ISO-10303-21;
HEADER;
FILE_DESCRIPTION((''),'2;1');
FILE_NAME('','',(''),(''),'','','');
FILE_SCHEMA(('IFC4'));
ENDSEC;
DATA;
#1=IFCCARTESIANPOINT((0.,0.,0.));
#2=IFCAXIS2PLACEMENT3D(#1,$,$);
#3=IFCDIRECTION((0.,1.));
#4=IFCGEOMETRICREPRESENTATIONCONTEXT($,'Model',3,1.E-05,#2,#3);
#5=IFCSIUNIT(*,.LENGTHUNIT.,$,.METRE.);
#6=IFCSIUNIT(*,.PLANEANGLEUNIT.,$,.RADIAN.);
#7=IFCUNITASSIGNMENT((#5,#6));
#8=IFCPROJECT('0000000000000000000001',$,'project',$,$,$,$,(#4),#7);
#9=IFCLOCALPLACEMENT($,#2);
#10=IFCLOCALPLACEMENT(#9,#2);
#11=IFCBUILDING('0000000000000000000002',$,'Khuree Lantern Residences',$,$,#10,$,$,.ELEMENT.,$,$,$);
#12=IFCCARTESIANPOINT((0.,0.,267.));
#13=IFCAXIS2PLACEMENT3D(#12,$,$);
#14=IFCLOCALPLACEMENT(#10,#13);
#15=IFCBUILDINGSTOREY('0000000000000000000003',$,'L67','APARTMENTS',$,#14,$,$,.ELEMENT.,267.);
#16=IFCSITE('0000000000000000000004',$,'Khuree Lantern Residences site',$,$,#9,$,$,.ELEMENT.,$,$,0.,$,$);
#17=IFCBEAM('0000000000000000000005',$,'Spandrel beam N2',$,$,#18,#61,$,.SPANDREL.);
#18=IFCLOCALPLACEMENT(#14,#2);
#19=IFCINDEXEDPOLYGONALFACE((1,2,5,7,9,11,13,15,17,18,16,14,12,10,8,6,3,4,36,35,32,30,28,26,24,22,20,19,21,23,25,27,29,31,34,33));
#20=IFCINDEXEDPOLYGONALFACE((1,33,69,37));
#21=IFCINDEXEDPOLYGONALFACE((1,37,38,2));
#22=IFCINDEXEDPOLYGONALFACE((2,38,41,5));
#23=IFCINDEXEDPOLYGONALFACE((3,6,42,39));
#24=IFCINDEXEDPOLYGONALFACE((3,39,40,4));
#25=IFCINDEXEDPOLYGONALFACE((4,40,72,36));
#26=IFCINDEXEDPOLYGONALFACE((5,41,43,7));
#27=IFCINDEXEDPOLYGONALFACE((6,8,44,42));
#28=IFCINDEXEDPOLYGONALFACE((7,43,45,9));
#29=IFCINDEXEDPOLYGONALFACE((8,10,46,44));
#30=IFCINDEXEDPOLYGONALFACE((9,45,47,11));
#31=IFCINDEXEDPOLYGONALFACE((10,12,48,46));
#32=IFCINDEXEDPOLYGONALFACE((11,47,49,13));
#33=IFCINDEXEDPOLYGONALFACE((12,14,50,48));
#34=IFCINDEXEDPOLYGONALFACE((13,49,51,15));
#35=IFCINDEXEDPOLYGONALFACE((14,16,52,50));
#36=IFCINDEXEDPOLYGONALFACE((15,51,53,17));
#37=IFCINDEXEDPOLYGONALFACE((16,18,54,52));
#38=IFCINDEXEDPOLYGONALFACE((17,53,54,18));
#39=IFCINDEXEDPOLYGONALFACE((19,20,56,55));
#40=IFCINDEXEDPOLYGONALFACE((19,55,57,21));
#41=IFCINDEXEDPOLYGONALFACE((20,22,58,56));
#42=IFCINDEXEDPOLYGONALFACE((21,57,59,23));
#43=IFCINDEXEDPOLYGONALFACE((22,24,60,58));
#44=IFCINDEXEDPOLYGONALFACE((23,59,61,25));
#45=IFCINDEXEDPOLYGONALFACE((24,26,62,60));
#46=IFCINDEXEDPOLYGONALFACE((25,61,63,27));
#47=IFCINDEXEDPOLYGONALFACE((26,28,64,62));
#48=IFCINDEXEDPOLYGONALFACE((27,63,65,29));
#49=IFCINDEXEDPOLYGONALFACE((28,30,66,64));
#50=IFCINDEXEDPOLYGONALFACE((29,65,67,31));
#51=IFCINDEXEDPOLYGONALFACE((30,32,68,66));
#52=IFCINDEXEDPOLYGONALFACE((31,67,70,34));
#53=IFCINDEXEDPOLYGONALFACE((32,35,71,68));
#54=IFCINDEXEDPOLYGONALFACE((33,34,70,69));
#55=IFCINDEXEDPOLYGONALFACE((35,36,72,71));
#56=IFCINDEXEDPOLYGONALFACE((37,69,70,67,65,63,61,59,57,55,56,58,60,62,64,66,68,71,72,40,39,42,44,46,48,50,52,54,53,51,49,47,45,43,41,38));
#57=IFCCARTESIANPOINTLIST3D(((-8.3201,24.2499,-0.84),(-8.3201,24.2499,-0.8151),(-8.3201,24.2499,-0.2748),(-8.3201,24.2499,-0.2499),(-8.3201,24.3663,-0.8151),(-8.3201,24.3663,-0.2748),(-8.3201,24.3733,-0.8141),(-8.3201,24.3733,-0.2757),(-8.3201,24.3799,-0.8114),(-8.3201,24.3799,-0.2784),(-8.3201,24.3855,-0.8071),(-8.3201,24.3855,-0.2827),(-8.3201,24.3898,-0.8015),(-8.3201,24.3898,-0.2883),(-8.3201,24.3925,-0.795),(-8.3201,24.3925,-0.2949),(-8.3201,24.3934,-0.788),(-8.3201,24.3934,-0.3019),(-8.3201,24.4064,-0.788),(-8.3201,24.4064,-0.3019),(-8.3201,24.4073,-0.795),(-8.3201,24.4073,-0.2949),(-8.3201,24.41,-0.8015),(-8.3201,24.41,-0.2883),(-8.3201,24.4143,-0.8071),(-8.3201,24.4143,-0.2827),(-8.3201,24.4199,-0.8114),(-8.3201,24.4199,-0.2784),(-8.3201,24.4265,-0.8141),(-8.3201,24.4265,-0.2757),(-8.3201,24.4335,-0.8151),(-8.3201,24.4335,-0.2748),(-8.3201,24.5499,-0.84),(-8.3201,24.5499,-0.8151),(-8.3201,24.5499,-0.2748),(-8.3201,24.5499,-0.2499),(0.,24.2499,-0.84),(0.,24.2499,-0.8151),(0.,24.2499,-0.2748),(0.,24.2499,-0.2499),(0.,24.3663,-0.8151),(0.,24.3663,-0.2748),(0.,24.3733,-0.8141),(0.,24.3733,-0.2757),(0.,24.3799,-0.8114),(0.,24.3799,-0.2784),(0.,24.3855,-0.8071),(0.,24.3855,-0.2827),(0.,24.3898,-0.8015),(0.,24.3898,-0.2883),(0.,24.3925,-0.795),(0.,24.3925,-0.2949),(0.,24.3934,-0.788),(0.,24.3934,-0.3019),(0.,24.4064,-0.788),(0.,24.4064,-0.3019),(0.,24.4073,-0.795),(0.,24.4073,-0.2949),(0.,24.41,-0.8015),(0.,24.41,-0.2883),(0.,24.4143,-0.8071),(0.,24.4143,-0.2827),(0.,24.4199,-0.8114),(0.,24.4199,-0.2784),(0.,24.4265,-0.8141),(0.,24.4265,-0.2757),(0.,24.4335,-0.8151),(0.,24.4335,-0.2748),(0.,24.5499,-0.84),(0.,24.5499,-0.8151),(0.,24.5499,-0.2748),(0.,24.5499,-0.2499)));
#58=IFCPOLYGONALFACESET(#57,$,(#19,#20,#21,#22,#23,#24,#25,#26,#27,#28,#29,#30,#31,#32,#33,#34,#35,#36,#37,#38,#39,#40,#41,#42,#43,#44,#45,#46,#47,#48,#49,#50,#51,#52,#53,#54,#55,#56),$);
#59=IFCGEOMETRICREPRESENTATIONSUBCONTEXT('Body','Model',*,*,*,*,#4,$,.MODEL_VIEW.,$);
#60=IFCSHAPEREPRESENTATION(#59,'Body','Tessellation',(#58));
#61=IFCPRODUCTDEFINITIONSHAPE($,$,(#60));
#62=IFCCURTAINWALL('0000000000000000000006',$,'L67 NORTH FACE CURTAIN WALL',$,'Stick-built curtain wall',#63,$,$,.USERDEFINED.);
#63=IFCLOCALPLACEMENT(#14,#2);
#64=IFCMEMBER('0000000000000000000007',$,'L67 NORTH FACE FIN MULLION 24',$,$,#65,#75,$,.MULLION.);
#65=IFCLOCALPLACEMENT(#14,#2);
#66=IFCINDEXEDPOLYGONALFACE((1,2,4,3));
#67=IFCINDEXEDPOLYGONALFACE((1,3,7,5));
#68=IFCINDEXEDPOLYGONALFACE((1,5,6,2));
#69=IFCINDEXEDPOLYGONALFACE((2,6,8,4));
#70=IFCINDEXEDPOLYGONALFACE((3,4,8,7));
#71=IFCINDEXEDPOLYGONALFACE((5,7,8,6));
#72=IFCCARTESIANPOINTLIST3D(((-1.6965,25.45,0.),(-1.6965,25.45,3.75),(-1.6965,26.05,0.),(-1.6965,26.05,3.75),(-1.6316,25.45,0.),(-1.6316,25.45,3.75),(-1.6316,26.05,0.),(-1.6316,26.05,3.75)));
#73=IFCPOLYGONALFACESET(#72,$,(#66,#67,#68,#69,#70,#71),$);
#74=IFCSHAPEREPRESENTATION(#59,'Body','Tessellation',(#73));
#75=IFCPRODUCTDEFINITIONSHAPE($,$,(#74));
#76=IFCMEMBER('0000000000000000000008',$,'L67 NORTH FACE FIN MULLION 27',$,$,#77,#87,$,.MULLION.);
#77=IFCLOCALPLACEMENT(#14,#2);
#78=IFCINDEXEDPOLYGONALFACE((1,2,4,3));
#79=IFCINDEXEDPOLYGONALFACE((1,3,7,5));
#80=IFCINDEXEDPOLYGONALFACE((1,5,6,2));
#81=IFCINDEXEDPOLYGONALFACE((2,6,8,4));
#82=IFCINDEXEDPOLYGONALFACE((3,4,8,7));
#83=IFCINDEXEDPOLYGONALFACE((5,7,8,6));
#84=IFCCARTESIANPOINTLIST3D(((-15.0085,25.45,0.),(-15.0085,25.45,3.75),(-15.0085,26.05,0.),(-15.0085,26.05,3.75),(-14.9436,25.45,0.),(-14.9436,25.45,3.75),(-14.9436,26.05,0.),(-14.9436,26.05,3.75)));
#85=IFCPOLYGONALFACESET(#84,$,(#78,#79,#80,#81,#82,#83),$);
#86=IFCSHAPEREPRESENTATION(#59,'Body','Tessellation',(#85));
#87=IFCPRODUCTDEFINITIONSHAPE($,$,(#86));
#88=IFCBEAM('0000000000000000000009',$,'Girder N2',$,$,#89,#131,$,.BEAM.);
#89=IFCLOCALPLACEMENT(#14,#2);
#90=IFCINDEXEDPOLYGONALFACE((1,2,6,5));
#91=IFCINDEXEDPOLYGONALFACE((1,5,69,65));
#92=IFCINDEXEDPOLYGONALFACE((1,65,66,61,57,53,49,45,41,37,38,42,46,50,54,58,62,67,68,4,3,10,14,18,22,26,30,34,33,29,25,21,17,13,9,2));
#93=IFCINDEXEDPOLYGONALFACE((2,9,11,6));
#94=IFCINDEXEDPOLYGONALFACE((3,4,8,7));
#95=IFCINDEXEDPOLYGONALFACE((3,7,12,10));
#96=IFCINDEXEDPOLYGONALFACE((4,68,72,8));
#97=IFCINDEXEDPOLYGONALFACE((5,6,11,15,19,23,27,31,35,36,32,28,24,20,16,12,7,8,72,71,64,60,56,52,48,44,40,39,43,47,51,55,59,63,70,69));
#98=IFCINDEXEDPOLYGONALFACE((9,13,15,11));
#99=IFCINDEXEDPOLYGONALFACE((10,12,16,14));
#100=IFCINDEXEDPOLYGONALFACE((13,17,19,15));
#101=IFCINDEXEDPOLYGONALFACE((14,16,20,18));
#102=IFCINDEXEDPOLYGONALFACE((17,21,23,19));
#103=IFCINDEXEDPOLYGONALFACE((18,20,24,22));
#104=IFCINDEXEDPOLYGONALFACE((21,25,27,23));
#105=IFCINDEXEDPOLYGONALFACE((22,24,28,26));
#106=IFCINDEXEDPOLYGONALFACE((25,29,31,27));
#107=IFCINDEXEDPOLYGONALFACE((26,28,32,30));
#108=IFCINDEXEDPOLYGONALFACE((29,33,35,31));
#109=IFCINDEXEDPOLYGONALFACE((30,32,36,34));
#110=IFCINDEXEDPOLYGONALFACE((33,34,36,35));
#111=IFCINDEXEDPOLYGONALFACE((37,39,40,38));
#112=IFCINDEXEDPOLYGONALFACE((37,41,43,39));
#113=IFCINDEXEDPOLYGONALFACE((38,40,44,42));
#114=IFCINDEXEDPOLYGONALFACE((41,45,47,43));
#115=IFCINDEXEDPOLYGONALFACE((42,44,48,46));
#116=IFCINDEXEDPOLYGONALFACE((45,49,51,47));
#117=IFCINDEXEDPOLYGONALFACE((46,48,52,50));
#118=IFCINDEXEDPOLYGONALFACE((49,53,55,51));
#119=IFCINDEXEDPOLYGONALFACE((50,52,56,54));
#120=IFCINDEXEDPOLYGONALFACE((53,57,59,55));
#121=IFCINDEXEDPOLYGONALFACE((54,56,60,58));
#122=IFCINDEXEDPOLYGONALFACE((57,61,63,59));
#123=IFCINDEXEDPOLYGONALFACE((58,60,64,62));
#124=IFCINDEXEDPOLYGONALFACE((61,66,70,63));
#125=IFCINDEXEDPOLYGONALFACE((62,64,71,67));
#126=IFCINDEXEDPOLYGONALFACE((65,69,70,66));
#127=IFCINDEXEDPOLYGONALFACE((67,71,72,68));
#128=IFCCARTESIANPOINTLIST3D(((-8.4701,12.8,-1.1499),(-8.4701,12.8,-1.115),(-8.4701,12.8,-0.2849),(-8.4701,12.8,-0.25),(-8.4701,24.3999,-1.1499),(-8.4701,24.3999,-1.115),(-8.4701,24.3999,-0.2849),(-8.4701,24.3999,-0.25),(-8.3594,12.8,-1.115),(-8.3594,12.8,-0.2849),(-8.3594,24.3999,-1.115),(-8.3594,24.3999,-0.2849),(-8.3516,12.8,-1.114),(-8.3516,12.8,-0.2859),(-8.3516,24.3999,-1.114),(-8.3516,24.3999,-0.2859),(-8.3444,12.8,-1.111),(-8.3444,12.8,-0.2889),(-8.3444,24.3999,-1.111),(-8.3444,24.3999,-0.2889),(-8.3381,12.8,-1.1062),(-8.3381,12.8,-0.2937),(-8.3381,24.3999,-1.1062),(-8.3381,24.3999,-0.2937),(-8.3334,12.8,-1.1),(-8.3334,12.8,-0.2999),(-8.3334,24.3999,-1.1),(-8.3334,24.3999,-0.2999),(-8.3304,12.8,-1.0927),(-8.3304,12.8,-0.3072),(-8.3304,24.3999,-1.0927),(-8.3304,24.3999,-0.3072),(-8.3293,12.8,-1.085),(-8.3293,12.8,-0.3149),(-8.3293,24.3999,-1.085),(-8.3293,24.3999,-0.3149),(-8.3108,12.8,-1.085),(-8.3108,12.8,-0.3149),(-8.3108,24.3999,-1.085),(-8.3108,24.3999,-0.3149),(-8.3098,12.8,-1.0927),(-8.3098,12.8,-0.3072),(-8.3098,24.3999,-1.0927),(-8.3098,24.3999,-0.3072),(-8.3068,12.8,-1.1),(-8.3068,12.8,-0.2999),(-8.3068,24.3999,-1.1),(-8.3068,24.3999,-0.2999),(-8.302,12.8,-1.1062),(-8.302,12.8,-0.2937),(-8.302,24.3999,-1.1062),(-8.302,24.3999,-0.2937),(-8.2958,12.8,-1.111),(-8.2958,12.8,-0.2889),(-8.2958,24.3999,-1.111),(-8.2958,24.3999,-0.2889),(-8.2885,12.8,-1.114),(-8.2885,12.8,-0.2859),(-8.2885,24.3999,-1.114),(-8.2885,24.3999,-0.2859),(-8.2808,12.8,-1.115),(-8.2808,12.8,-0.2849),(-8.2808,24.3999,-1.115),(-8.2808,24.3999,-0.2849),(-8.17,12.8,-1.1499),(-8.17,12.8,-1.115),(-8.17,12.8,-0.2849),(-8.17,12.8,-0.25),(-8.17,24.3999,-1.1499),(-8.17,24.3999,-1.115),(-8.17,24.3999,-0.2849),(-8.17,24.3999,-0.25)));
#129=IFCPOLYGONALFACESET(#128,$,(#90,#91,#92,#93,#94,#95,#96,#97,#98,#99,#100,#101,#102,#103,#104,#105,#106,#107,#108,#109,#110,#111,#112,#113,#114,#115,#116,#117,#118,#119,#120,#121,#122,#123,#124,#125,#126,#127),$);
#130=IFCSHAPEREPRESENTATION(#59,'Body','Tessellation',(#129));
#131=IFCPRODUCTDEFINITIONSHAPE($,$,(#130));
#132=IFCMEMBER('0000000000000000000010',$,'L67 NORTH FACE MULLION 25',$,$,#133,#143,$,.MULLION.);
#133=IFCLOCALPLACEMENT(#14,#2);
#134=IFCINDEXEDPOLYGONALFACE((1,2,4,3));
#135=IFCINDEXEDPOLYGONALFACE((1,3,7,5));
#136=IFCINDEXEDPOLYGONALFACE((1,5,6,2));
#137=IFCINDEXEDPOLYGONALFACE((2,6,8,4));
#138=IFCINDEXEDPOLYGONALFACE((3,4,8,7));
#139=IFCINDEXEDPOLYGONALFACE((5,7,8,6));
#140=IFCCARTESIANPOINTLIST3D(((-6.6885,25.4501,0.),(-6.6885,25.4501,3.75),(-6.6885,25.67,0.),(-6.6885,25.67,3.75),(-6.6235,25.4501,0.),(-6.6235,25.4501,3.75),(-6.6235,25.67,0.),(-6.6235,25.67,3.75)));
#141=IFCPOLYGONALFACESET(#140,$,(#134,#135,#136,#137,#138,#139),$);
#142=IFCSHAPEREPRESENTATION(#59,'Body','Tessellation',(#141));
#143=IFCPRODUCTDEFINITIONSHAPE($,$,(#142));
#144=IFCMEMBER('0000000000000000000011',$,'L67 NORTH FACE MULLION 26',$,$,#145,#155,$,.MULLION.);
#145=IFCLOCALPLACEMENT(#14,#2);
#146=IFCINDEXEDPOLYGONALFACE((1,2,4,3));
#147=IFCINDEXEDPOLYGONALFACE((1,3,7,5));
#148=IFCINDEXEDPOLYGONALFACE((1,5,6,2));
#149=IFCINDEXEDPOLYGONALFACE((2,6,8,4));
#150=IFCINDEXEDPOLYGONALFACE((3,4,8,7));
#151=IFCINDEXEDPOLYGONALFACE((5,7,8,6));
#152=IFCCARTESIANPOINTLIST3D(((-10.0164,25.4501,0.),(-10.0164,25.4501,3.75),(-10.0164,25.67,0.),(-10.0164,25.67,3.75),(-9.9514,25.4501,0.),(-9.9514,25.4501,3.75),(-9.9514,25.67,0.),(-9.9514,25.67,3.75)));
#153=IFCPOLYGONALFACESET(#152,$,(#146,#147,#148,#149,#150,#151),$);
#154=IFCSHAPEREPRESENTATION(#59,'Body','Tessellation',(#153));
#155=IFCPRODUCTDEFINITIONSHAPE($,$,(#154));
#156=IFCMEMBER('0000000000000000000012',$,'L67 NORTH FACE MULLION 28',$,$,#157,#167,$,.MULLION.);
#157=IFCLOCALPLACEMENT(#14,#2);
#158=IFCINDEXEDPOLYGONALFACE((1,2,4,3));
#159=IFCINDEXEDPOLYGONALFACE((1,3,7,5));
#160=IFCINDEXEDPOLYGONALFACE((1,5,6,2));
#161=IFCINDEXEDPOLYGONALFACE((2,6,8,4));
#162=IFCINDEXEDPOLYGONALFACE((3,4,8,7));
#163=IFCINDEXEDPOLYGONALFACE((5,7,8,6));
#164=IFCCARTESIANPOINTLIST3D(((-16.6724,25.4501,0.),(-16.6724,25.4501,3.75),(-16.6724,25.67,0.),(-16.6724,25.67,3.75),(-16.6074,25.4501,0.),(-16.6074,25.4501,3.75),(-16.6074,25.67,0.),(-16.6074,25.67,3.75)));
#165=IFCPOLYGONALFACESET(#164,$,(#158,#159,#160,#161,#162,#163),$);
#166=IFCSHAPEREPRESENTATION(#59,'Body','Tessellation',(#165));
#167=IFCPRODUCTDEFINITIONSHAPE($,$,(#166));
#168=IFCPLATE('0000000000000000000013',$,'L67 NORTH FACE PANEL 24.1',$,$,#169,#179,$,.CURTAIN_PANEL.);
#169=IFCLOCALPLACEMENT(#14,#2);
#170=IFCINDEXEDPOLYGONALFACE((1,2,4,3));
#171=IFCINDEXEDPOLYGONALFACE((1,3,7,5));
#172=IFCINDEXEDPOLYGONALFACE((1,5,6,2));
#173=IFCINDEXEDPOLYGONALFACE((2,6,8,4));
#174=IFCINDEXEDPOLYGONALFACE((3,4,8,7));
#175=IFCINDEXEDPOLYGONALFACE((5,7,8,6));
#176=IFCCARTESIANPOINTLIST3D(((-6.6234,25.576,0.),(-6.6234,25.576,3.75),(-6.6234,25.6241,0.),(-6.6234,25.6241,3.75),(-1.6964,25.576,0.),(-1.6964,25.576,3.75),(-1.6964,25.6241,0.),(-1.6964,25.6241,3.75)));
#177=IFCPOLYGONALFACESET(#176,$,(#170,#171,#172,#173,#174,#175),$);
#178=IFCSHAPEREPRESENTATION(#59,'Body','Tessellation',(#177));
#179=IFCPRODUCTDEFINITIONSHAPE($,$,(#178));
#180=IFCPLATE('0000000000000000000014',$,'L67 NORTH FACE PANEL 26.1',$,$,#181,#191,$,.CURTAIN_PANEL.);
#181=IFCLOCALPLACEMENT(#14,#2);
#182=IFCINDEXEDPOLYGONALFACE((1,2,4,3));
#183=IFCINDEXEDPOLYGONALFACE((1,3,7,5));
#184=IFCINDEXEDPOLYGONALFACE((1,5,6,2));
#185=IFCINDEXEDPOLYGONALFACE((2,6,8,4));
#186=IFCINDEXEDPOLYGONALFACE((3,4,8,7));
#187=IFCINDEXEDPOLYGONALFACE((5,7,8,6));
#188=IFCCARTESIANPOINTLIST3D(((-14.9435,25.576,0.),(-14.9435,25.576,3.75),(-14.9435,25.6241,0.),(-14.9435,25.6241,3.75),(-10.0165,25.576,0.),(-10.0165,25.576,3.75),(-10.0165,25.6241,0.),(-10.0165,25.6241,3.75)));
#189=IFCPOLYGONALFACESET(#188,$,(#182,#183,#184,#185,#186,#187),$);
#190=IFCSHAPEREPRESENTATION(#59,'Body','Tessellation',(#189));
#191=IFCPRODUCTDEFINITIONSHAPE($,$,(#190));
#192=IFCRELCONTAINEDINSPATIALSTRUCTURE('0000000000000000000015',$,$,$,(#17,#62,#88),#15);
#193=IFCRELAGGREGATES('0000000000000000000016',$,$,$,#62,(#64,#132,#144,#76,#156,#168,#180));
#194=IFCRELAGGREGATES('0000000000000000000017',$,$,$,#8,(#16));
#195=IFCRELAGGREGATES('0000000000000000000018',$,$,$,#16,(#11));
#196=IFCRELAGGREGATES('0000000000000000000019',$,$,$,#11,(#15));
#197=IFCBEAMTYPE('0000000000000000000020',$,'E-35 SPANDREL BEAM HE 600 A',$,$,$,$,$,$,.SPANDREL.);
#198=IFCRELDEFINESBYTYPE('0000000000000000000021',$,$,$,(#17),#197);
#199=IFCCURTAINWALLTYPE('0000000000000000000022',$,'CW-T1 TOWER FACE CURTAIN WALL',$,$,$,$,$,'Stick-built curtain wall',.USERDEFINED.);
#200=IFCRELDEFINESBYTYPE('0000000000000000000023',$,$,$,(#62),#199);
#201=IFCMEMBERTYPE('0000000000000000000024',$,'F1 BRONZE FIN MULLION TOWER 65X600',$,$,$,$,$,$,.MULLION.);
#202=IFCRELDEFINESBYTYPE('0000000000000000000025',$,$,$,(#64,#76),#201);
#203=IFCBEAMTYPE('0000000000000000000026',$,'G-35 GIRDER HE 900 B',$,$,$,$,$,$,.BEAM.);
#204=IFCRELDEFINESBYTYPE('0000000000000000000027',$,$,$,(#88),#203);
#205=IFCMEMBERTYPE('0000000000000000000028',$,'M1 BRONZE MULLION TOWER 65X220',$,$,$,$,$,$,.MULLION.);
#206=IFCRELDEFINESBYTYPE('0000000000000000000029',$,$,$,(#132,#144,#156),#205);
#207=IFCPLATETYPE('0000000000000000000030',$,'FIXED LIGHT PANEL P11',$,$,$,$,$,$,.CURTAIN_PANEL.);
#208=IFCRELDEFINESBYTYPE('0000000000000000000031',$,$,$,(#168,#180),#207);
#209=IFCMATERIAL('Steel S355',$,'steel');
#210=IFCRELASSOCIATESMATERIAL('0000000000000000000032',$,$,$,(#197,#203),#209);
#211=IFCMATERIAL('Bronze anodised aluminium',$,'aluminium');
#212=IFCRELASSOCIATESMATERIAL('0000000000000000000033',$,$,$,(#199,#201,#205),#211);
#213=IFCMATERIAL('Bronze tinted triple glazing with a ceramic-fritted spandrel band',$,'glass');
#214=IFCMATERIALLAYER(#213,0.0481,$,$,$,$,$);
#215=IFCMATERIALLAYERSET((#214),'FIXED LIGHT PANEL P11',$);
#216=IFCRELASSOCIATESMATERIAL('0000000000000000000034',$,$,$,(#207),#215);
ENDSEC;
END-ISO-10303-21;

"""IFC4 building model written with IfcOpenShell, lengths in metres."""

from ifc_helpers import new_model, si_unit, direction, frame, origin, origin_2d, place, context, subcontext, project, spatial, rectangle, i_section, extrude, material, layer, layer_set, material_profile, profile_set, type_object, element, aggregate, save


model = new_model("IFC4")

# Units and contexts
model_context = context("Model", 3, precision=1e-05, world=origin(), true_north=direction((0.0, 1.0)))
body_context = subcontext(model_context, "Body", "Model", "MODEL_VIEW")
ifc_project = project(units=[si_unit("LENGTHUNIT", "METRE"), si_unit("PLANEANGLEUNIT", "RADIAN")], contexts=[model_context])

# Site, building, storey
site_placement = place(None, origin())
site = spatial("IfcSite", under=ifc_project, at=site_placement, Name="Khuree Lantern Residences site", CompositionType="ELEMENT", RefElevation=0.0)
building_placement = place(site_placement, origin())
building = spatial("IfcBuilding", under=site, at=building_placement, Name="Khuree Lantern Residences", CompositionType="ELEMENT")
storey_placement = place(building_placement, frame((0.0, 0.0, 267.0)))
storey = spatial("IfcBuildingStorey", under=building, at=storey_placement, Name="L67", Description="APARTMENTS", CompositionType="ELEMENT", Elevation=267.0)

# Beam
ifc_material_1 = material(Name="Steel S355", Category="steel")
ifc_material_profile_1 = material_profile(ifc_material_1, i_section(OverallWidth=0.3, OverallDepth=0.5901, WebThickness=0.0129, FlangeThickness=0.0249, FilletRadius=0.0271, at=origin_2d()), Name="HE 600 A")
ifc_profile_set_1 = profile_set([ifc_material_profile_1], Name="Steel S355")
beam_type_1 = type_object("IfcBeamType", Name="E-35 SPANDREL BEAM HE 600 A", PredefinedType="SPANDREL", material=ifc_profile_set_1)
beam_1_placement = place(storey_placement, frame((-8.3201, 24.3999, -0.5449), z_axis=(1.0, 0.0, 0.0), x_axis=(0.0, 1.0, 0.0)))
element("IfcBeam", 1, at=beam_1_placement, inside=storey, type_object=beam_type_1, Name="Spandrel beam N2", PredefinedType="SPANDREL", context=body_context, shape_type="SweptSolid", body=[
    extrude(i_section(OverallWidth=0.3, OverallDepth=0.5901, WebThickness=0.0129, FlangeThickness=0.0249, FilletRadius=0.0271, at=origin_2d()), origin(), (0.0, 0.0, 1.0), 8.3201),
])

# Curtain wall, members
ifc_material_2 = material(Name="Bronze anodised aluminium", Category="aluminium")
curtain_wall_type = type_object("IfcCurtainWallType", Name="CW-T1 TOWER FACE CURTAIN WALL", ElementType="Stick-built curtain wall", PredefinedType="USERDEFINED", material=ifc_material_2)
curtain_wall_placement = place(storey_placement, origin())
curtain_wall = element("IfcCurtainWall", 2, at=curtain_wall_placement, inside=storey, type_object=curtain_wall_type, Name="L67 NORTH FACE CURTAIN WALL", ObjectType="Stick-built curtain wall", PredefinedType="USERDEFINED")
ifc_material_profile_2 = material_profile(ifc_material_2, rectangle(XDim=0.0649, YDim=0.6001, at=origin_2d()), Name="F1 65X600")
ifc_profile_set_2 = profile_set([ifc_material_profile_2], Name="Bronze anodised aluminium")
member_type_1 = type_object("IfcMemberType", Name="F1 BRONZE FIN MULLION TOWER 65X600", PredefinedType="MULLION", material=ifc_profile_set_2)
member_1_placement = place(storey_placement, frame((-1.6641, 25.75, 0.0), z_axis=(0.0, 0.0, 1.0), x_axis=(-1.0, 0.0, 0.0)))
member_1 = element("IfcMember", 3, at=member_1_placement, type_object=member_type_1, Name="L67 NORTH FACE FIN MULLION 24", PredefinedType="MULLION", context=body_context, shape_type="SweptSolid", body=[
    extrude(rectangle(XDim=0.0649, YDim=0.6001, at=origin_2d()), origin(), (0.0, 0.0, 1.0), 3.75),
])
member_2_placement = place(storey_placement, frame((-14.9761, 25.75, 0.0), z_axis=(0.0, 0.0, 1.0), x_axis=(-1.0, 0.0, 0.0)))
member_2 = element("IfcMember", 4, at=member_2_placement, type_object=member_type_1, Name="L67 NORTH FACE FIN MULLION 27", PredefinedType="MULLION", context=body_context, shape_type="SweptSolid", body=[
    extrude(rectangle(XDim=0.0649, YDim=0.6001, at=origin_2d()), origin(), (0.0, 0.0, 1.0), 3.75),
])

# Beam
ifc_material_profile_3 = material_profile(ifc_material_1, i_section(OverallWidth=0.3, OverallDepth=0.8999, WebThickness=0.0186, FlangeThickness=0.0349, FilletRadius=0.03, at=origin_2d()), Name="HE 900 B")
ifc_profile_set_3 = profile_set([ifc_material_profile_3], Name="Steel S355")
beam_type_2 = type_object("IfcBeamType", Name="G-35 GIRDER HE 900 B", PredefinedType="BEAM", material=ifc_profile_set_3)
beam_2_placement = place(storey_placement, frame((-8.3201, 24.3999, -0.7), z_axis=(0.0, -1.0, 0.0), x_axis=(1.0, 0.0, 0.0)))
element("IfcBeam", 5, at=beam_2_placement, inside=storey, type_object=beam_type_2, Name="Girder N2", PredefinedType="BEAM", context=body_context, shape_type="SweptSolid", body=[
    extrude(i_section(OverallWidth=0.3, OverallDepth=0.8999, WebThickness=0.0186, FlangeThickness=0.0349, FilletRadius=0.03, at=origin_2d()), origin(), (0.0, 0.0, 1.0), 11.5999),
])

# Members
ifc_material_profile_4 = material_profile(ifc_material_2, rectangle(XDim=0.0649, YDim=0.22, at=origin_2d()), Name="M1 65X220")
ifc_profile_set_4 = profile_set([ifc_material_profile_4], Name="Bronze anodised aluminium")
member_type_2 = type_object("IfcMemberType", Name="M1 BRONZE MULLION TOWER 65X220", PredefinedType="MULLION", material=ifc_profile_set_4)
member_3_placement = place(storey_placement, frame((-6.656, 25.5601, 0.0), z_axis=(0.0, 0.0, 1.0), x_axis=(-1.0, 0.0, 0.0)))
member_3 = element("IfcMember", 6, at=member_3_placement, type_object=member_type_2, Name="L67 NORTH FACE MULLION 25", PredefinedType="MULLION", context=body_context, shape_type="SweptSolid", body=[
    extrude(rectangle(XDim=0.0649, YDim=0.22, at=origin_2d()), origin(), (0.0, 0.0, 1.0), 3.75),
])
member_4_placement = place(storey_placement, frame((-9.9839, 25.5601, 0.0), z_axis=(0.0, 0.0, 1.0), x_axis=(-1.0, 0.0, 0.0)))
member_4 = element("IfcMember", 7, at=member_4_placement, type_object=member_type_2, Name="L67 NORTH FACE MULLION 26", PredefinedType="MULLION", context=body_context, shape_type="SweptSolid", body=[
    extrude(rectangle(XDim=0.0649, YDim=0.22, at=origin_2d()), origin(), (0.0, 0.0, 1.0), 3.75),
])
member_5_placement = place(storey_placement, frame((-16.6399, 25.5601, 0.0), z_axis=(0.0, 0.0, 1.0), x_axis=(-1.0, 0.0, 0.0)))
member_5 = element("IfcMember", 8, at=member_5_placement, type_object=member_type_2, Name="L67 NORTH FACE MULLION 28", PredefinedType="MULLION", context=body_context, shape_type="SweptSolid", body=[
    extrude(rectangle(XDim=0.0649, YDim=0.22, at=origin_2d()), origin(), (0.0, 0.0, 1.0), 3.75),
])

# Plates
ifc_material_3 = material(Name="Bronze tinted triple glazing with a ceramic-fritted spandrel band", Category="glass")
ifc_layer_1 = layer(ifc_material_3, 0.0481)
ifc_layer_set_1 = layer_set([ifc_layer_1], Name="FIXED LIGHT PANEL P11")
plate_type_1 = type_object("IfcPlateType", Name="FIXED LIGHT PANEL P11", PredefinedType="CURTAIN_PANEL", material=ifc_layer_set_1)
plate_1_placement = place(storey_placement, frame((-4.1599, 25.6001, 0.0), z_axis=(0.0, 0.0, 1.0), x_axis=(-1.0, 0.0, 0.0)))
plate_1 = element("IfcPlate", 9, at=plate_1_placement, type_object=plate_type_1, Name="L67 NORTH FACE PANEL 24.1", PredefinedType="CURTAIN_PANEL", context=body_context, shape_type="SweptSolid", body=[
    extrude(rectangle(XDim=4.927, YDim=0.0481, at=origin_2d()), origin(), (0.0, 0.0, 1.0), 3.75),
])
plate_2_placement = place(storey_placement, frame((-12.48, 25.6001, 0.0), z_axis=(0.0, 0.0, 1.0), x_axis=(-1.0, 0.0, 0.0)))
plate_2 = element("IfcPlate", 10, at=plate_2_placement, type_object=plate_type_1, Name="L67 NORTH FACE PANEL 26.1", PredefinedType="CURTAIN_PANEL", context=body_context, shape_type="SweptSolid", body=[
    extrude(rectangle(XDim=4.927, YDim=0.0481, at=origin_2d()), origin(), (0.0, 0.0, 1.0), 3.75),
])
aggregate(curtain_wall, [member_1, member_3, member_4, member_2, member_5, plate_1, plate_2])

save(model, "model.ifc")
